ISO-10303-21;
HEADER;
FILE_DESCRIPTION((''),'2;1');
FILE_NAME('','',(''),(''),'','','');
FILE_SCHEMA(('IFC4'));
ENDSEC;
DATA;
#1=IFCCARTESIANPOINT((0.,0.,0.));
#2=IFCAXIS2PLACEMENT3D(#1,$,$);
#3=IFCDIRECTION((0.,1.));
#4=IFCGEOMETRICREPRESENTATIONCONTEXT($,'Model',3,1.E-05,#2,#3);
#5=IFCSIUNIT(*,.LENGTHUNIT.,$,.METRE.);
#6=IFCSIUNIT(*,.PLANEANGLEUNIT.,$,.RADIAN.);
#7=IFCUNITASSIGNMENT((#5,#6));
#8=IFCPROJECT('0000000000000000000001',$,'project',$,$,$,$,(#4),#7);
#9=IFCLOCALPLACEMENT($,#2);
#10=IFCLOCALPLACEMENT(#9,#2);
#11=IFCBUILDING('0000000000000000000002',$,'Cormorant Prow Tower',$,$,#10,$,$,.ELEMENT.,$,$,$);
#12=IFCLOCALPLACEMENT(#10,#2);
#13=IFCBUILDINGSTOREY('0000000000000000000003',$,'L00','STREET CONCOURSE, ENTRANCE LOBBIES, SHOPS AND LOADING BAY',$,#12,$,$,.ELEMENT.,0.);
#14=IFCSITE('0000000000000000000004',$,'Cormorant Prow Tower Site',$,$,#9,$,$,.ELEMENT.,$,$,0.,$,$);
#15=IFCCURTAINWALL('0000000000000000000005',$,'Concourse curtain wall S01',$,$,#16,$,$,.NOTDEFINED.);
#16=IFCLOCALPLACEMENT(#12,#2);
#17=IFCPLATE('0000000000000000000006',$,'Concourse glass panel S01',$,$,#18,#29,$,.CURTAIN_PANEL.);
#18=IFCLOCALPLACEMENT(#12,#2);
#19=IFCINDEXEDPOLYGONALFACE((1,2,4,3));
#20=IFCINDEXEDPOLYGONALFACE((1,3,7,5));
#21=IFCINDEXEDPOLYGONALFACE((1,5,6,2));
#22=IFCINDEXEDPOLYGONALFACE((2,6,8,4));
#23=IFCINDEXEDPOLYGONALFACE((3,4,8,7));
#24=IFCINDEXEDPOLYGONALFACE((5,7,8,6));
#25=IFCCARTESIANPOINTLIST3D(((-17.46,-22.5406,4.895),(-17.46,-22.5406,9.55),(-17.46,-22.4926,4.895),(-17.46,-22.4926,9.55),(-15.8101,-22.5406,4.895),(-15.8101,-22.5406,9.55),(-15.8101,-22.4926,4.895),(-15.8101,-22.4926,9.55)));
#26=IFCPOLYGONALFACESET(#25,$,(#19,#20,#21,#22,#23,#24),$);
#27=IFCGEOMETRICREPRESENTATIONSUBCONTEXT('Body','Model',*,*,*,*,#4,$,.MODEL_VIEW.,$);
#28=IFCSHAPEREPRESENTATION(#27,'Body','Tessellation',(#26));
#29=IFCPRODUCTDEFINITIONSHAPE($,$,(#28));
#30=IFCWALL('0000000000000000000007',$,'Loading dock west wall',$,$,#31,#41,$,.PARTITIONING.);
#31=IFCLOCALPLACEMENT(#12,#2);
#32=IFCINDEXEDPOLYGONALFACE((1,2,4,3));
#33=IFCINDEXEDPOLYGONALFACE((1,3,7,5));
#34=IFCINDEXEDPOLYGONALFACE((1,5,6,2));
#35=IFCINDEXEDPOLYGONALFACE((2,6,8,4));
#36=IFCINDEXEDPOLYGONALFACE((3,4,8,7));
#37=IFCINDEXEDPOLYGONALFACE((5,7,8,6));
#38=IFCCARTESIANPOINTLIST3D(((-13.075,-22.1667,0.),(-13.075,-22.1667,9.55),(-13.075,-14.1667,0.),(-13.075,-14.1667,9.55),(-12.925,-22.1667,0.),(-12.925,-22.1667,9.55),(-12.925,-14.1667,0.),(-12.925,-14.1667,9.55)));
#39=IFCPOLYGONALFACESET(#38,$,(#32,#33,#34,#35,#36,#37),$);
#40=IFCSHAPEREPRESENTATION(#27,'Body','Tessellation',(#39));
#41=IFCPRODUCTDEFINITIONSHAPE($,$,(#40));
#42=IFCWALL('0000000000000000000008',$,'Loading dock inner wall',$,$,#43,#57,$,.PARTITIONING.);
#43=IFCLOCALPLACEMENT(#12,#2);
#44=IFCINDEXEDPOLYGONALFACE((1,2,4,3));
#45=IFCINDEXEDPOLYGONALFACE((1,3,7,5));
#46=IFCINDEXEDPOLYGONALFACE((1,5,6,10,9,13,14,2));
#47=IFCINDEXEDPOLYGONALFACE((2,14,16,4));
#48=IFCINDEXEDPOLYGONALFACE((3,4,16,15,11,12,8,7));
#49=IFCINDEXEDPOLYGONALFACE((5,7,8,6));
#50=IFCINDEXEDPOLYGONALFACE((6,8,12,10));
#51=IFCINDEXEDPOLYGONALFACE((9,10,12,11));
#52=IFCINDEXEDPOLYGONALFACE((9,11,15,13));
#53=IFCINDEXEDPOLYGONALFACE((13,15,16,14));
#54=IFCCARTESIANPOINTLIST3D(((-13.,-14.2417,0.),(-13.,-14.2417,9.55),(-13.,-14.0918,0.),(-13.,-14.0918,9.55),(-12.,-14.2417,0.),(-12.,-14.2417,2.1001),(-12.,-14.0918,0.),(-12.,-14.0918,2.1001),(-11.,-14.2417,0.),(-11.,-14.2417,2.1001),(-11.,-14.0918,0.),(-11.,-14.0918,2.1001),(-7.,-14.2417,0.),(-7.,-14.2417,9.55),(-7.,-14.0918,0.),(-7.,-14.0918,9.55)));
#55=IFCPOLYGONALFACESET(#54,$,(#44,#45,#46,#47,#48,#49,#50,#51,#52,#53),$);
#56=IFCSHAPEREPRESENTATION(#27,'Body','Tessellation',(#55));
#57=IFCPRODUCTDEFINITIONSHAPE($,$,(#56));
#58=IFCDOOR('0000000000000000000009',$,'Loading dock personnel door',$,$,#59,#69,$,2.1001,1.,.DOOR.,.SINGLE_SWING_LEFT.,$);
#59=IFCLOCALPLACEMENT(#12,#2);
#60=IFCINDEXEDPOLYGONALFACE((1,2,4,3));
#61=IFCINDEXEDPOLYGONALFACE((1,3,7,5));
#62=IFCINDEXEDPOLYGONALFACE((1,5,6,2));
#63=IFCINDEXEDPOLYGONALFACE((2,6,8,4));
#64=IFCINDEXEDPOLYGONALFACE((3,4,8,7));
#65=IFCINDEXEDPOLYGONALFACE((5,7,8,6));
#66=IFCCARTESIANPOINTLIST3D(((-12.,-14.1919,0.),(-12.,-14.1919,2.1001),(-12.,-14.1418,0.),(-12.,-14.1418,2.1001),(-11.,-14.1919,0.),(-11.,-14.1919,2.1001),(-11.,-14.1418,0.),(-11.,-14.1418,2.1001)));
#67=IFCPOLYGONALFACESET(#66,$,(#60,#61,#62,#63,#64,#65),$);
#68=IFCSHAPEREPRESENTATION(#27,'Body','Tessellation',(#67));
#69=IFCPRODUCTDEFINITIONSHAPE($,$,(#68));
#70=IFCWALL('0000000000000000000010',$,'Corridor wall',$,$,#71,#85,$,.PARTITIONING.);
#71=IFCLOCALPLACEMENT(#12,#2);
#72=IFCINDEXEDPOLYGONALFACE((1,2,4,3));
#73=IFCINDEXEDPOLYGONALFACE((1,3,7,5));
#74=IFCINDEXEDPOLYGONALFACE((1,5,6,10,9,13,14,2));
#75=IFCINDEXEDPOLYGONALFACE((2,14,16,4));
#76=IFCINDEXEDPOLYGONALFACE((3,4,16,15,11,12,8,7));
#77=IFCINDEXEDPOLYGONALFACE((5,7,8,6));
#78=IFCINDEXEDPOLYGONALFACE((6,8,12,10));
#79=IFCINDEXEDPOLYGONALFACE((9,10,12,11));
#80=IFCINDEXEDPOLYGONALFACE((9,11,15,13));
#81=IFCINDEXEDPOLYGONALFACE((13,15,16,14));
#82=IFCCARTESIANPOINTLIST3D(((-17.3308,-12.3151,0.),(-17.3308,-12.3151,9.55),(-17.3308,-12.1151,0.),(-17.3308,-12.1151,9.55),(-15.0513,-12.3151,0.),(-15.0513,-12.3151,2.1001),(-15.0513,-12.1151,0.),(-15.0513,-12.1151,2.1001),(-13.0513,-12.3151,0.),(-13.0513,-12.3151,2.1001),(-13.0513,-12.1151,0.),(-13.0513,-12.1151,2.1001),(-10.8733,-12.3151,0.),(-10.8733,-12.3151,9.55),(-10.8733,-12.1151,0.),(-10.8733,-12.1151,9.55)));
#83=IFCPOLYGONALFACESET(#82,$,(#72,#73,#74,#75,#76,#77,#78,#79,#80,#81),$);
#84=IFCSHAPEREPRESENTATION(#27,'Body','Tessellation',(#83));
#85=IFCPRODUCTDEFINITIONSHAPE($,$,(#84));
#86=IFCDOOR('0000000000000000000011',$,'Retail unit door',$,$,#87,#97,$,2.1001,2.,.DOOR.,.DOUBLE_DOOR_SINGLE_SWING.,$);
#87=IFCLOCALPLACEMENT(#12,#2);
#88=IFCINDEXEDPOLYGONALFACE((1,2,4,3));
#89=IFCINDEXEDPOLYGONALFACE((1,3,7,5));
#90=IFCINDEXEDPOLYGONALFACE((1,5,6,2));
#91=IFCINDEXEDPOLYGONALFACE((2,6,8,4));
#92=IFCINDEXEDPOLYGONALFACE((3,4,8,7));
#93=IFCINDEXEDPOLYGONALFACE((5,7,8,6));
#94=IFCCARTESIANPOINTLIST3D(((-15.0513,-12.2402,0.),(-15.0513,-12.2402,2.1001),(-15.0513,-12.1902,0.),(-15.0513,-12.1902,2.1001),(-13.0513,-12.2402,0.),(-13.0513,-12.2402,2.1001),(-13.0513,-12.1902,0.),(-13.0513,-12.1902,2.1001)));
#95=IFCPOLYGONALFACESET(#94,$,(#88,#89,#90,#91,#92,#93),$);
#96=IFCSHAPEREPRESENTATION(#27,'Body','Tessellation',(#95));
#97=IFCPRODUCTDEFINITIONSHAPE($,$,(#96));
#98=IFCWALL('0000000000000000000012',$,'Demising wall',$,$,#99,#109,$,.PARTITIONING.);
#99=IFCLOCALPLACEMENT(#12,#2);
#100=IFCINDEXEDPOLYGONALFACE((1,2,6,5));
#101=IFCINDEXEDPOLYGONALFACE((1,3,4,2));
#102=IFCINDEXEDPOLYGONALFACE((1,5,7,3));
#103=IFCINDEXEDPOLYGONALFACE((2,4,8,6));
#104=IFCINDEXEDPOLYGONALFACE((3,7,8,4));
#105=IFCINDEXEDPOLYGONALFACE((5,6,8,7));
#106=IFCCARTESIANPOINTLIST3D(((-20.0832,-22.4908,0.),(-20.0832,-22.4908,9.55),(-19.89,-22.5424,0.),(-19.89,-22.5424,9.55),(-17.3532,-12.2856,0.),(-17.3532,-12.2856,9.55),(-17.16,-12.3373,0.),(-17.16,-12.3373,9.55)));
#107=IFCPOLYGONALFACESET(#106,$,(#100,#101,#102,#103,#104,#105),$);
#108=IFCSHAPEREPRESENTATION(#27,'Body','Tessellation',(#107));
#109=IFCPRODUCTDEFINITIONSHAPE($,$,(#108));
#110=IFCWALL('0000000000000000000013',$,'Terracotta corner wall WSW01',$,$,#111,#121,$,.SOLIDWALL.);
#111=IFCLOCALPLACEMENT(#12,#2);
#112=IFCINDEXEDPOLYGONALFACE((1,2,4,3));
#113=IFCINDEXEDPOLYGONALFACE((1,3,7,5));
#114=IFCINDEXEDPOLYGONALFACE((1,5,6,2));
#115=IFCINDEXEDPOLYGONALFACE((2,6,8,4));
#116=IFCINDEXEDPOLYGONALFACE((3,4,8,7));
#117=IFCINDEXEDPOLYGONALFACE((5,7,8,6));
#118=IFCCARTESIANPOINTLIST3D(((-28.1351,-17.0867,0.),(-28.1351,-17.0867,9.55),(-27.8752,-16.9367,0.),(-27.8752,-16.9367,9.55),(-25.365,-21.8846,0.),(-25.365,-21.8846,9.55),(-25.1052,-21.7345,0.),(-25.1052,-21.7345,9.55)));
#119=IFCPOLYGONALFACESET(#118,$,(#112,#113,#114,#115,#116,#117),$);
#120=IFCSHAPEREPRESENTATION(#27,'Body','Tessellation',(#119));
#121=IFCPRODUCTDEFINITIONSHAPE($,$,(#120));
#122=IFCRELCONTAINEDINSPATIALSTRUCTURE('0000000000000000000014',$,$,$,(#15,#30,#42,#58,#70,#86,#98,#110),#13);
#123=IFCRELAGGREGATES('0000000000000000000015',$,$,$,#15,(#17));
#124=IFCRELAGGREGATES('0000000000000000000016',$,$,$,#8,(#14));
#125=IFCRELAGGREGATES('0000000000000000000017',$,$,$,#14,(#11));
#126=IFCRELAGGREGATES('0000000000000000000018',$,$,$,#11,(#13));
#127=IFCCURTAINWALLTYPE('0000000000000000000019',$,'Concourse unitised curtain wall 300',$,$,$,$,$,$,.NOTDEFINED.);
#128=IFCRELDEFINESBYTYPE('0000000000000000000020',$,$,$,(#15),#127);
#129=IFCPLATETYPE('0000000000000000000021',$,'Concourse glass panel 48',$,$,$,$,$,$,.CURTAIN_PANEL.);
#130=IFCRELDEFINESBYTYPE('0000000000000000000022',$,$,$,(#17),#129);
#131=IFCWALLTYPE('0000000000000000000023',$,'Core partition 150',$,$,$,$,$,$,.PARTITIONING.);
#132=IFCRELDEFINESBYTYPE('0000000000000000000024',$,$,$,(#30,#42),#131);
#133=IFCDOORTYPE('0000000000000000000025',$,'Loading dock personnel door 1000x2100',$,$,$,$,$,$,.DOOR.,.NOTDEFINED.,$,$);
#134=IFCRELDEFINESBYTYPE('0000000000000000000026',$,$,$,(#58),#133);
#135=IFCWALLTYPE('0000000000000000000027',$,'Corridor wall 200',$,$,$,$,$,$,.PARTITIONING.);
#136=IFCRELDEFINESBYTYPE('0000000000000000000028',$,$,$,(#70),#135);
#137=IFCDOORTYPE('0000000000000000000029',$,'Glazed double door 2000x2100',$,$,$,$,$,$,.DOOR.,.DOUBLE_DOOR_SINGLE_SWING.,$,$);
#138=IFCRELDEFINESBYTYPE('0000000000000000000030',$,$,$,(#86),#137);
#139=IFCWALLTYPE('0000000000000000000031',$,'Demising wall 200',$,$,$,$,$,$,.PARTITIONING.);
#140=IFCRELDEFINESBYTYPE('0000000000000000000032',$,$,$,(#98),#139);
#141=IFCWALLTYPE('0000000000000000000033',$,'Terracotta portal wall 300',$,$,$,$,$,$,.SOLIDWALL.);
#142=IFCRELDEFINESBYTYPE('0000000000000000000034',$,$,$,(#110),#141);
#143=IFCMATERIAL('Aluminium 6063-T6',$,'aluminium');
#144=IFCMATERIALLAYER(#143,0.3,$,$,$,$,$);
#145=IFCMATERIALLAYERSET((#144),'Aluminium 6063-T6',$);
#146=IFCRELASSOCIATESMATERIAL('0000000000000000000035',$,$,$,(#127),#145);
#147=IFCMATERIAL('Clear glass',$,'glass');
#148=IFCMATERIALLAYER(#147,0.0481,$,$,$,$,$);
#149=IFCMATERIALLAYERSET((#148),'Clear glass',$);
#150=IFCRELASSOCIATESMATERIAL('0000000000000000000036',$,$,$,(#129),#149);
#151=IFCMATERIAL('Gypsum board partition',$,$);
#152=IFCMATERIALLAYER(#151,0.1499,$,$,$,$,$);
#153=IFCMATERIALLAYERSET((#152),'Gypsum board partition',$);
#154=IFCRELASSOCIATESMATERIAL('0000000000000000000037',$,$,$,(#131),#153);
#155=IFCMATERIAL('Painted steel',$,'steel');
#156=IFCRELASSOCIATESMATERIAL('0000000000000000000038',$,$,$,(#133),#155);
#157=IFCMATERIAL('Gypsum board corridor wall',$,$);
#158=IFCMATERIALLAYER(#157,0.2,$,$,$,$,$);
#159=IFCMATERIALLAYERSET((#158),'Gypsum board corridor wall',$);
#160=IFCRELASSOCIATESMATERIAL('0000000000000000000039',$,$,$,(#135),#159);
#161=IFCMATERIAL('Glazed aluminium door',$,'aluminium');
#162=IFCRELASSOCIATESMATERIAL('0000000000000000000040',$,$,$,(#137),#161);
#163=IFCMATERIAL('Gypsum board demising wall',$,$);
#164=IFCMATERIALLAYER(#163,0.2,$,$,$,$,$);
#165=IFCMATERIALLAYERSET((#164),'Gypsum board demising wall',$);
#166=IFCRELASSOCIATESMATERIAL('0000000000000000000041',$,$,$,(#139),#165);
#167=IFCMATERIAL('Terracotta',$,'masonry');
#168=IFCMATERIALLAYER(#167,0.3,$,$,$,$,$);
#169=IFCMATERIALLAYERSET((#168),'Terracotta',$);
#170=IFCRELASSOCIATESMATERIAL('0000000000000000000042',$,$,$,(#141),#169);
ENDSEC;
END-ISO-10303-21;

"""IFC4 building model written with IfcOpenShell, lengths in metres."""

from ifc_helpers import new_model, si_unit, direction, frame, frame_2d, origin, origin_2d, place, context, subcontext, project, spatial, rectangle, extrude, material, layer, layer_set, type_object, element, fill, aggregate, save


model = new_model("IFC4")

# Units and contexts
model_context = context("Model", 3, precision=1e-05, world=origin(), true_north=direction((0.0, 1.0)))
body_context = subcontext(model_context, "Body", "Model", "MODEL_VIEW")
ifc_project = project(units=[si_unit("LENGTHUNIT", "METRE"), si_unit("PLANEANGLEUNIT", "RADIAN")], contexts=[model_context])

# Site, building, storey
site_placement = place(None, origin())
site = spatial("IfcSite", under=ifc_project, at=site_placement, Name="Cormorant Prow Tower Site", CompositionType="ELEMENT", RefElevation=0.0)
building_placement = place(site_placement, origin())
building = spatial("IfcBuilding", under=site, at=building_placement, Name="Cormorant Prow Tower", CompositionType="ELEMENT")
storey_placement = place(building_placement, origin())
storey = spatial("IfcBuildingStorey", under=building, at=storey_placement, Name="L00", Description="STREET CONCOURSE, ENTRANCE LOBBIES, SHOPS AND LOADING BAY", CompositionType="ELEMENT", Elevation=0.0)

# Curtain wall
ifc_material_1 = material(Name="Aluminium 6063-T6", Category="aluminium")
ifc_layer_1 = layer(ifc_material_1, 0.3)
ifc_layer_set_1 = layer_set([ifc_layer_1], Name="Aluminium 6063-T6")
curtain_wall_type = type_object("IfcCurtainWallType", Name="Concourse unitised curtain wall 300", PredefinedType="NOTDEFINED", material=ifc_layer_set_1)
curtain_wall_1_placement = place(storey_placement, origin())
curtain_wall_1 = element("IfcCurtainWall", 1, at=curtain_wall_1_placement, inside=storey, type_object=curtain_wall_type, Name="Concourse curtain wall S01", PredefinedType="NOTDEFINED")

# Plate
ifc_material_2 = material(Name="Clear glass", Category="glass")
ifc_layer_2 = layer(ifc_material_2, 0.0481)
ifc_layer_set_2 = layer_set([ifc_layer_2], Name="Clear glass")
plate_type = type_object("IfcPlateType", Name="Concourse glass panel 48", PredefinedType="CURTAIN_PANEL", material=ifc_layer_set_2)
plate_1_placement = place(storey_placement, frame((-16.635, -22.5166, 4.895), z_axis=(0.0, 0.0, 1.0), x_axis=(1.0, 0.0, 0.0)))
plate_1 = element("IfcPlate", 2, at=plate_1_placement, type_object=plate_type, Name="Concourse glass panel S01", PredefinedType="CURTAIN_PANEL", context=body_context, shape_type="SweptSolid", body=[
    extrude(rectangle(XDim=1.6499, YDim=0.0481, at=origin_2d()), origin(), (0.0, 0.0, 1.0), 4.655),
])
aggregate(curtain_wall_1, [plate_1])

# Wall
ifc_material_3 = material(Name="Gypsum board partition")
ifc_layer_3 = layer(ifc_material_3, 0.1499)
ifc_layer_set_3 = layer_set([ifc_layer_3], Name="Gypsum board partition")
wall_type_1 = type_object("IfcWallType", Name="Core partition 150", PredefinedType="PARTITIONING", material=ifc_layer_set_3)
wall_1_placement = place(storey_placement, frame((-13.0, -22.1667, 0.0), z_axis=(0.0, 0.0, 1.0), x_axis=(0.0, 1.0, 0.0)))
element("IfcWall", 3, at=wall_1_placement, inside=storey, type_object=wall_type_1, Name="Loading dock west wall", PredefinedType="PARTITIONING", context=body_context, shape_type="SweptSolid", body=[
    extrude(rectangle(XDim=8.0, YDim=0.1499, at=frame_2d((4.0, 0.0))), origin(), (0.0, 0.0, 1.0), 9.55),
])

# Walls, openings, doors
wall_2_placement = place(storey_placement, frame((-13.0, -14.1667, 0.0), z_axis=(0.0, 0.0, 1.0), x_axis=(1.0, 0.0, 0.0)))
wall_2 = element("IfcWall", 4, at=wall_2_placement, inside=storey, type_object=wall_type_1, Name="Loading dock inner wall", PredefinedType="PARTITIONING", context=body_context, shape_type="SweptSolid", body=[
    extrude(rectangle(XDim=6.0, YDim=0.1499, at=frame_2d((3.0, 0.0))), origin(), (0.0, 0.0, 1.0), 9.55),
])
opening_1_placement = place(wall_2_placement, frame((1.0, 0.0, 0.0)))
opening_1 = element("IfcOpeningElement", 5, at=opening_1_placement, cuts=wall_2, PredefinedType="OPENING", context=body_context, shape_type="SweptSolid", body=[
    extrude(rectangle(XDim=1.0, YDim=2.1001, at=frame_2d((0.5, 1.05))), frame((0.0, 0.085, 0.0), z_axis=(0.0, -1.0, 0.0), x_axis=(1.0, 0.0, 0.0)), (0.0, 0.0, 1.0), 0.1699),
])
ifc_material_4 = material(Name="Painted steel", Category="steel")
door_type_1 = type_object("IfcDoorType", Name="Loading dock personnel door 1000x2100", OperationType="NOTDEFINED", PredefinedType="DOOR", material=ifc_material_4)
door_1_placement = place(opening_1_placement, origin())
door_1 = element("IfcDoor", 6, at=door_1_placement, inside=storey, type_object=door_type_1, Name="Loading dock personnel door", OperationType="SINGLE_SWING_LEFT", OverallHeight=2.1001, OverallWidth=1.0, PredefinedType="DOOR", context=body_context, shape_type="SweptSolid", body=[
    extrude(rectangle(XDim=1.0, YDim=2.1001, at=frame_2d((0.5, 1.05))), frame((0.0, 0.0249, 0.0), z_axis=(0.0, -1.0, 0.0), x_axis=(1.0, 0.0, 0.0)), (0.0, 0.0, 1.0), 0.05),
])
fill(opening_1, door_1)
ifc_material_5 = material(Name="Gypsum board corridor wall")
ifc_layer_4 = layer(ifc_material_5, 0.2)
ifc_layer_set_4 = layer_set([ifc_layer_4], Name="Gypsum board corridor wall")
wall_type_2 = type_object("IfcWallType", Name="Corridor wall 200", PredefinedType="PARTITIONING", material=ifc_layer_set_4)
wall_3_placement = place(storey_placement, frame((-17.3308, -12.2151, 0.0), z_axis=(0.0, 0.0, 1.0), x_axis=(1.0, 0.0, 0.0)))
wall_3 = element("IfcWall", 7, at=wall_3_placement, inside=storey, type_object=wall_type_2, Name="Corridor wall", PredefinedType="PARTITIONING", context=body_context, shape_type="SweptSolid", body=[
    extrude(rectangle(XDim=6.4575, YDim=0.2, at=frame_2d((3.2288, 0.0))), origin(), (0.0, 0.0, 1.0), 9.55),
])
opening_2_placement = place(wall_3_placement, frame((2.2795, 0.0, 0.0)))
opening_2 = element("IfcOpeningElement", 8, at=opening_2_placement, cuts=wall_3, PredefinedType="OPENING", context=body_context, shape_type="SweptSolid", body=[
    extrude(rectangle(XDim=2.0, YDim=2.1001, at=frame_2d((1.0, 1.05))), frame((0.0, 0.1099, 0.0), z_axis=(0.0, -1.0, 0.0), x_axis=(1.0, 0.0, 0.0)), (0.0, 0.0, 1.0), 0.22),
])
ifc_material_6 = material(Name="Glazed aluminium door", Category="aluminium")
door_type_2 = type_object("IfcDoorType", Name="Glazed double door 2000x2100", OperationType="DOUBLE_DOOR_SINGLE_SWING", PredefinedType="DOOR", material=ifc_material_6)
door_2_placement = place(opening_2_placement, origin())
door_2 = element("IfcDoor", 9, at=door_2_placement, inside=storey, type_object=door_type_2, Name="Retail unit door", OperationType="DOUBLE_DOOR_SINGLE_SWING", OverallHeight=2.1001, OverallWidth=2.0, PredefinedType="DOOR", context=body_context, shape_type="SweptSolid", body=[
    extrude(rectangle(XDim=2.0, YDim=2.1001, at=frame_2d((1.0, 1.05))), frame((0.0, 0.0249, 0.0), z_axis=(0.0, -1.0, 0.0), x_axis=(1.0, 0.0, 0.0)), (0.0, 0.0, 1.0), 0.05),
])
fill(opening_2, door_2)

# Walls
ifc_material_7 = material(Name="Gypsum board demising wall")
ifc_layer_5 = layer(ifc_material_7, 0.2)
ifc_layer_set_5 = layer_set([ifc_layer_5], Name="Gypsum board demising wall")
wall_type_3 = type_object("IfcWallType", Name="Demising wall 200", PredefinedType="PARTITIONING", material=ifc_layer_set_5)
wall_4_placement = place(storey_placement, frame((-19.9866, -22.5166, 0.0), z_axis=(0.0, 0.0, 1.0), x_axis=(0.258425, 0.966031, 0.0)))
element("IfcWall", 10, at=wall_4_placement, inside=storey, type_object=wall_type_3, Name="Demising wall", PredefinedType="PARTITIONING", context=body_context, shape_type="SweptSolid", body=[
    extrude(rectangle(XDim=10.564, YDim=0.2, at=frame_2d((5.282, 0.0))), origin(), (0.0, 0.0, 1.0), 9.55),
])
ifc_material_8 = material(Name="Terracotta", Category="masonry")
ifc_layer_6 = layer(ifc_material_8, 0.3)
ifc_layer_set_6 = layer_set([ifc_layer_6], Name="Terracotta")
wall_type_4 = type_object("IfcWallType", Name="Terracotta portal wall 300", PredefinedType="SOLIDWALL", material=ifc_layer_set_6)
wall_5_placement = place(storey_placement, frame((-28.0051, -17.0117, 0.0), z_axis=(0.0, 0.0, 1.0), x_axis=(0.499997, -0.866027, 0.0)))
element("IfcWall", 11, at=wall_5_placement, inside=storey, type_object=wall_type_4, Name="Terracotta corner wall WSW01", PredefinedType="SOLIDWALL", context=body_context, shape_type="SweptSolid", body=[
    extrude(rectangle(XDim=5.54, YDim=0.3, at=frame_2d((2.77, 0.0))), origin(), (0.0, 0.0, 1.0), 9.55),
])

save(model, "model.ifc")
